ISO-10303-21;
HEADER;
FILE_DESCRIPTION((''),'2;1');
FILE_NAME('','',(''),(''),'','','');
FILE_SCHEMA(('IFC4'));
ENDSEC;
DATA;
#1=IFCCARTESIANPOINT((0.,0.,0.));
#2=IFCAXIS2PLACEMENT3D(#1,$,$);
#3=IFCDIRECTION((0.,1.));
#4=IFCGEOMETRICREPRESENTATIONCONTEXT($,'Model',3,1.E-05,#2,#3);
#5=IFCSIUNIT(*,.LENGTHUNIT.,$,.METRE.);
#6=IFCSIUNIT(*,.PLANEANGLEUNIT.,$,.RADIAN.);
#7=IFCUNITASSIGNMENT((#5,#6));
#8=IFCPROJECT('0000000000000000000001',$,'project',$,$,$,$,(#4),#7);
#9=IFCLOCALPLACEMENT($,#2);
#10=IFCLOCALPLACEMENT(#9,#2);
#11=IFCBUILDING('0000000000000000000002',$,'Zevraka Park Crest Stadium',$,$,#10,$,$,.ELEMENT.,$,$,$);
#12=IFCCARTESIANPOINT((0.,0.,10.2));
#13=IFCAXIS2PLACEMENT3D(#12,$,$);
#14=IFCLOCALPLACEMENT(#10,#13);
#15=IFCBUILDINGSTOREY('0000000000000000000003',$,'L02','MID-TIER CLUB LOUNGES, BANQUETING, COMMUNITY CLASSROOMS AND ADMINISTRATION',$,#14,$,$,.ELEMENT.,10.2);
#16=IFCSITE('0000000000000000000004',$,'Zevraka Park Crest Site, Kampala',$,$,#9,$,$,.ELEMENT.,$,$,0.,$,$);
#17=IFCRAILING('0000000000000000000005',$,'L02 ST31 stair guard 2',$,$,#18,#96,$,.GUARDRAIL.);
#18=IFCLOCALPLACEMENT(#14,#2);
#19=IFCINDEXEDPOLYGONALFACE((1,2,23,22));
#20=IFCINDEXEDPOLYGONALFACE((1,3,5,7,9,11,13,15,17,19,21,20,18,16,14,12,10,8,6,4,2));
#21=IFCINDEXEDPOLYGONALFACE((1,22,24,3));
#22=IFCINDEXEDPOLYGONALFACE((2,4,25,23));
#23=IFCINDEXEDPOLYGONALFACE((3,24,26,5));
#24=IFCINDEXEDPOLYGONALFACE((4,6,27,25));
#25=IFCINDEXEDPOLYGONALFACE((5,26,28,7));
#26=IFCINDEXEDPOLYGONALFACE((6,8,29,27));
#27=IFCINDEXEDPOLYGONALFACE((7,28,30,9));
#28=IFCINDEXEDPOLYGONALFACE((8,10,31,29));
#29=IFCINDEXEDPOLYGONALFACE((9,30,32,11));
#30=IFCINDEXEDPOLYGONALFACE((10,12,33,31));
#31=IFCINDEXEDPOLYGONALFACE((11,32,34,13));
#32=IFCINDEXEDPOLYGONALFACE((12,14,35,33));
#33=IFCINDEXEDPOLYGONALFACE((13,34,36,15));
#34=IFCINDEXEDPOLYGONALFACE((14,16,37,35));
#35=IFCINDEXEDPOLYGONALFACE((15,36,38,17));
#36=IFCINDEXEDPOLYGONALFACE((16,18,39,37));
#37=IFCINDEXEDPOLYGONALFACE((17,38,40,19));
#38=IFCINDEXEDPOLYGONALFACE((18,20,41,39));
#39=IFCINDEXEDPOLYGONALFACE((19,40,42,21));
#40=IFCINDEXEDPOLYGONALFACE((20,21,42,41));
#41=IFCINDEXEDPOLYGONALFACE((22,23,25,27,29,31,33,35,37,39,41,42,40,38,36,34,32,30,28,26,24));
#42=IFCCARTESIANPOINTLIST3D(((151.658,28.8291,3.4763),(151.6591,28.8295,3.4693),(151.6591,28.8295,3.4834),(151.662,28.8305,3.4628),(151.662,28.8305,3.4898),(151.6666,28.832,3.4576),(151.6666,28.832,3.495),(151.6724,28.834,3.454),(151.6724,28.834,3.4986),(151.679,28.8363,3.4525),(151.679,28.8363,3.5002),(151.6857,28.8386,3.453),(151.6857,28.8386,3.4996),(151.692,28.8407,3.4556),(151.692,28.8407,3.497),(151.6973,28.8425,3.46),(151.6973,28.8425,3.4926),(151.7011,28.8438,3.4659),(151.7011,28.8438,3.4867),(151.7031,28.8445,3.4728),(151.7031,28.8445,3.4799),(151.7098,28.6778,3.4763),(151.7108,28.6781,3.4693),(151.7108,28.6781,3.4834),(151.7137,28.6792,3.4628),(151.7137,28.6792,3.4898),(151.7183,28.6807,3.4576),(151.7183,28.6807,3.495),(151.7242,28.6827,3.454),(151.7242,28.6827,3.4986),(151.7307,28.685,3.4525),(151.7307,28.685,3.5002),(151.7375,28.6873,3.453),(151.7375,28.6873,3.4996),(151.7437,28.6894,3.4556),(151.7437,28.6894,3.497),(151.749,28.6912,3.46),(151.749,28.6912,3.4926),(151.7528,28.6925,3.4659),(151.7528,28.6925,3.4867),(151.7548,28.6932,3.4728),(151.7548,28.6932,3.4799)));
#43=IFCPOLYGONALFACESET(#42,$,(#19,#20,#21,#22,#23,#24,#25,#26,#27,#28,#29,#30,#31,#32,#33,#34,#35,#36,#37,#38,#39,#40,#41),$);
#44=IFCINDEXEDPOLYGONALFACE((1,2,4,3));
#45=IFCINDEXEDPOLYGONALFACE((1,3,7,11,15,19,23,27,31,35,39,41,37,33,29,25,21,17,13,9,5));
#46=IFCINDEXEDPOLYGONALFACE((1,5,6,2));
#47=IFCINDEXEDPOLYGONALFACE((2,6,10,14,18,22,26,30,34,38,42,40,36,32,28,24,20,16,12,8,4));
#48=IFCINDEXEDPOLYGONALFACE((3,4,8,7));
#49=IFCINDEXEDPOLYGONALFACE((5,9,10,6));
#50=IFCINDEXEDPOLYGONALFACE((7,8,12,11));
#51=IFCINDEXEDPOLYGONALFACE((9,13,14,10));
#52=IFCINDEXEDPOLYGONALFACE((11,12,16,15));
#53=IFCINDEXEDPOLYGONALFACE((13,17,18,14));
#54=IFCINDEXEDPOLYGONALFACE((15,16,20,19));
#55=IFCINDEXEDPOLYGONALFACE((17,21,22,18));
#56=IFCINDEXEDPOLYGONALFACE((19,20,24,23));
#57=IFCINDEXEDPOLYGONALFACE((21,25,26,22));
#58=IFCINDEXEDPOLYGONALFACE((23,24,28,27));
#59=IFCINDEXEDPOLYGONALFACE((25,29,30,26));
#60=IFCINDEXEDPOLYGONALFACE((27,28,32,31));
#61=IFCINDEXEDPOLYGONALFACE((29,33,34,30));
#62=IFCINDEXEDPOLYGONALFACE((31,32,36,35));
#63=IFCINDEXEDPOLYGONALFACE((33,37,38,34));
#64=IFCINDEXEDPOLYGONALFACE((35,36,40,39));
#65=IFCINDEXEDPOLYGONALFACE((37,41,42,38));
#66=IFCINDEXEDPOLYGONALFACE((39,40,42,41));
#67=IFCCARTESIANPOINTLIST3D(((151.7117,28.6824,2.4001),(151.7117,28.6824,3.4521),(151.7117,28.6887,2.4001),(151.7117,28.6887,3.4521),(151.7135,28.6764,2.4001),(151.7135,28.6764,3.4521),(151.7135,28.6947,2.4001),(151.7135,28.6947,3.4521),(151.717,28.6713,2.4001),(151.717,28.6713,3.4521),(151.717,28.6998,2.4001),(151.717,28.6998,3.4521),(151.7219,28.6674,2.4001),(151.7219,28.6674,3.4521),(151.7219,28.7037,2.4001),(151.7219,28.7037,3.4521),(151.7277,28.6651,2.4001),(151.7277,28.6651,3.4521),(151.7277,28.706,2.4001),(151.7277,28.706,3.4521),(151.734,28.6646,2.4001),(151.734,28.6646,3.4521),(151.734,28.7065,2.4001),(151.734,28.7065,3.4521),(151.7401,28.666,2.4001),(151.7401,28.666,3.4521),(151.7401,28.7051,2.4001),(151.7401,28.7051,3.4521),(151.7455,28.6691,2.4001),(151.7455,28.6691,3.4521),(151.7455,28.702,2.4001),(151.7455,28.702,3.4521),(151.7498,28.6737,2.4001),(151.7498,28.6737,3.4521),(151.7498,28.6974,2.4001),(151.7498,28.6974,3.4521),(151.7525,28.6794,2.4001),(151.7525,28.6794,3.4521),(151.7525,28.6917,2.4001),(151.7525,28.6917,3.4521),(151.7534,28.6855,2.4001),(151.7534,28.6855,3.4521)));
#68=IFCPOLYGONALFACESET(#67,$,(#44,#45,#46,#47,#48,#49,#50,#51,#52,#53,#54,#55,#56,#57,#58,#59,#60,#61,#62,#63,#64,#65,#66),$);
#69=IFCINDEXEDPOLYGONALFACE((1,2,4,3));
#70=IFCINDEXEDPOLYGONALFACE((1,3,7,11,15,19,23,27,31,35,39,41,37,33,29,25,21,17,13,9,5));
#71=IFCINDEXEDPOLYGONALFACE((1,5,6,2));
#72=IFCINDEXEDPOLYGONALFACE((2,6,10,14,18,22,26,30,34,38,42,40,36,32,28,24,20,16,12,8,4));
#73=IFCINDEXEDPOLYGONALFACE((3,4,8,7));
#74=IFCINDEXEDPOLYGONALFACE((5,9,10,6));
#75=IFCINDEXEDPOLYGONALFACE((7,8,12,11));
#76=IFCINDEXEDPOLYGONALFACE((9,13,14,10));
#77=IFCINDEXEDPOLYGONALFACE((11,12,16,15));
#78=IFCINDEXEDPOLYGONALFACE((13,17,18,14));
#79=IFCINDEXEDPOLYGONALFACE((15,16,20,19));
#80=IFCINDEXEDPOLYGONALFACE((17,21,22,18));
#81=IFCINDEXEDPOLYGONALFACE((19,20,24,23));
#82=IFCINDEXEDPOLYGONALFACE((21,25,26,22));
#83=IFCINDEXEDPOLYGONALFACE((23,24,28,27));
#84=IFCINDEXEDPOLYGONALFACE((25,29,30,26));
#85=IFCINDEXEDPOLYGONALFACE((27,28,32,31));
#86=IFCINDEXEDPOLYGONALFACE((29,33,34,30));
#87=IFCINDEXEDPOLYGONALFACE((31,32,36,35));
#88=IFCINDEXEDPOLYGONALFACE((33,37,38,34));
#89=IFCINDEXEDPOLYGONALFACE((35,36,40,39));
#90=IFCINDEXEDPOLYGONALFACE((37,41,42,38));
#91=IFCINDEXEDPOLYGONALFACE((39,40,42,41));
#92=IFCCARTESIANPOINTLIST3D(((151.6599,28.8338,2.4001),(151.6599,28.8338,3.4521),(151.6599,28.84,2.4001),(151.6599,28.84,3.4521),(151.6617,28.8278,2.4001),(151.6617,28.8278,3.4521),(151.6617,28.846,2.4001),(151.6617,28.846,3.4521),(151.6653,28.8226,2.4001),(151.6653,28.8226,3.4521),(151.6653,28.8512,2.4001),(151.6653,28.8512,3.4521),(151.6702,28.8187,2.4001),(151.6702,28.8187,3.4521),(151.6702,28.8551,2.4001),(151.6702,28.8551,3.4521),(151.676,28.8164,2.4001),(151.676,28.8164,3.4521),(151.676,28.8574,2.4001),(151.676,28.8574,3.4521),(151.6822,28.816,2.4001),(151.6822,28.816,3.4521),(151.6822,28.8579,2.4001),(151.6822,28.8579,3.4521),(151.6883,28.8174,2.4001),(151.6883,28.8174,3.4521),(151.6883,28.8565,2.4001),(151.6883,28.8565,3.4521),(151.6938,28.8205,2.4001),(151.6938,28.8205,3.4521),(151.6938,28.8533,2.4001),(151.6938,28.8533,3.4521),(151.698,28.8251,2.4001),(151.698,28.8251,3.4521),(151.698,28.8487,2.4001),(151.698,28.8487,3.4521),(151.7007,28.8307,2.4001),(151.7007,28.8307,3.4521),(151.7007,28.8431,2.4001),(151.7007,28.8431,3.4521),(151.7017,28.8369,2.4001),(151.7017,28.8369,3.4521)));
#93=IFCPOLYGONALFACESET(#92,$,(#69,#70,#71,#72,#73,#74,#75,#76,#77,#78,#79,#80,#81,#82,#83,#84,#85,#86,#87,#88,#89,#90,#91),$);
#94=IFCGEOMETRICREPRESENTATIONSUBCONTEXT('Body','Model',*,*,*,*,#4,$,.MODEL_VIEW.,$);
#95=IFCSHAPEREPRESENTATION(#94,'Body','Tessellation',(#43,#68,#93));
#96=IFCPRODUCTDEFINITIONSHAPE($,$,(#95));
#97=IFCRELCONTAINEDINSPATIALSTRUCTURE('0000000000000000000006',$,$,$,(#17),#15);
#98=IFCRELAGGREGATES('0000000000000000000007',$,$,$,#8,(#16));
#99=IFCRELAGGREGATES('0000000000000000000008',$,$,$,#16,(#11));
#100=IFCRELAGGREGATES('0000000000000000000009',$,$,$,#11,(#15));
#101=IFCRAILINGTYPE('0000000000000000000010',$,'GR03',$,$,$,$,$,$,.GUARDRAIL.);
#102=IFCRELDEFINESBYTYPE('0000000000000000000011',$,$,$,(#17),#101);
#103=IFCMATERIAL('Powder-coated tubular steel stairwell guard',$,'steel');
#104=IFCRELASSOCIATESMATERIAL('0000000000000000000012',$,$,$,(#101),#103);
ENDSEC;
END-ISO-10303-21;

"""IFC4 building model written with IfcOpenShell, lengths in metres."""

from ifc_helpers import new_model, si_unit, direction, frame, origin, origin_2d, place, context, subcontext, project, spatial, circle, extrude, material, type_object, element, save


model = new_model("IFC4")

# Units and contexts
model_context = context("Model", 3, precision=1e-05, world=origin(), true_north=direction((0.0, 1.0)))
body_context = subcontext(model_context, "Body", "Model", "MODEL_VIEW")
ifc_project = project(units=[si_unit("LENGTHUNIT", "METRE"), si_unit("PLANEANGLEUNIT", "RADIAN")], contexts=[model_context])

# Site, building, storey
site_placement = place(None, origin())
site = spatial("IfcSite", under=ifc_project, at=site_placement, Name="Zevraka Park Crest Site, Kampala", CompositionType="ELEMENT", RefElevation=0.0)
building_placement = place(site_placement, origin())
building = spatial("IfcBuilding", under=site, at=building_placement, Name="Zevraka Park Crest Stadium", CompositionType="ELEMENT")
storey_placement = place(building_placement, frame((0.0, 0.0, 10.2)))
storey = spatial("IfcBuildingStorey", under=building, at=storey_placement, Name="L02", Description="MID-TIER CLUB LOUNGES, BANQUETING, COMMUNITY CLASSROOMS AND ADMINISTRATION", CompositionType="ELEMENT", Elevation=10.2)

# Railing
ifc_material_1 = material(Name="Powder-coated tubular steel stairwell guard", Category="steel")
railing_type_1 = type_object("IfcRailingType", Name="GR03", PredefinedType="GUARDRAIL", material=ifc_material_1)
railing_1_placement = place(storey_placement, frame((151.7324, 28.6855, 2.4001)))
element("IfcRailing", 1, at=railing_1_placement, inside=storey, type_object=railing_type_1, Name="L02 ST31 stair guard 2", PredefinedType="GUARDRAIL", context=body_context, shape_type="SweptSolid", body=[
    extrude(circle(Radius=0.0239, at=origin_2d()), frame((0.0, 0.0, 1.0762), z_axis=(-0.323544, 0.946213, 0.0), x_axis=(-0.946213, -0.323544, 0.0)), (0.0, 0.0, 1.0), 0.1599),
    extrude(circle(Radius=0.021, at=origin_2d()), origin(), (0.0, 0.0, 1.0), 1.052),
    extrude(circle(Radius=0.021, at=origin_2d()), frame((-0.0518, 0.1514, 0.0)), (0.0, 0.0, 1.0), 1.052),
])

save(model, "model.ifc")
